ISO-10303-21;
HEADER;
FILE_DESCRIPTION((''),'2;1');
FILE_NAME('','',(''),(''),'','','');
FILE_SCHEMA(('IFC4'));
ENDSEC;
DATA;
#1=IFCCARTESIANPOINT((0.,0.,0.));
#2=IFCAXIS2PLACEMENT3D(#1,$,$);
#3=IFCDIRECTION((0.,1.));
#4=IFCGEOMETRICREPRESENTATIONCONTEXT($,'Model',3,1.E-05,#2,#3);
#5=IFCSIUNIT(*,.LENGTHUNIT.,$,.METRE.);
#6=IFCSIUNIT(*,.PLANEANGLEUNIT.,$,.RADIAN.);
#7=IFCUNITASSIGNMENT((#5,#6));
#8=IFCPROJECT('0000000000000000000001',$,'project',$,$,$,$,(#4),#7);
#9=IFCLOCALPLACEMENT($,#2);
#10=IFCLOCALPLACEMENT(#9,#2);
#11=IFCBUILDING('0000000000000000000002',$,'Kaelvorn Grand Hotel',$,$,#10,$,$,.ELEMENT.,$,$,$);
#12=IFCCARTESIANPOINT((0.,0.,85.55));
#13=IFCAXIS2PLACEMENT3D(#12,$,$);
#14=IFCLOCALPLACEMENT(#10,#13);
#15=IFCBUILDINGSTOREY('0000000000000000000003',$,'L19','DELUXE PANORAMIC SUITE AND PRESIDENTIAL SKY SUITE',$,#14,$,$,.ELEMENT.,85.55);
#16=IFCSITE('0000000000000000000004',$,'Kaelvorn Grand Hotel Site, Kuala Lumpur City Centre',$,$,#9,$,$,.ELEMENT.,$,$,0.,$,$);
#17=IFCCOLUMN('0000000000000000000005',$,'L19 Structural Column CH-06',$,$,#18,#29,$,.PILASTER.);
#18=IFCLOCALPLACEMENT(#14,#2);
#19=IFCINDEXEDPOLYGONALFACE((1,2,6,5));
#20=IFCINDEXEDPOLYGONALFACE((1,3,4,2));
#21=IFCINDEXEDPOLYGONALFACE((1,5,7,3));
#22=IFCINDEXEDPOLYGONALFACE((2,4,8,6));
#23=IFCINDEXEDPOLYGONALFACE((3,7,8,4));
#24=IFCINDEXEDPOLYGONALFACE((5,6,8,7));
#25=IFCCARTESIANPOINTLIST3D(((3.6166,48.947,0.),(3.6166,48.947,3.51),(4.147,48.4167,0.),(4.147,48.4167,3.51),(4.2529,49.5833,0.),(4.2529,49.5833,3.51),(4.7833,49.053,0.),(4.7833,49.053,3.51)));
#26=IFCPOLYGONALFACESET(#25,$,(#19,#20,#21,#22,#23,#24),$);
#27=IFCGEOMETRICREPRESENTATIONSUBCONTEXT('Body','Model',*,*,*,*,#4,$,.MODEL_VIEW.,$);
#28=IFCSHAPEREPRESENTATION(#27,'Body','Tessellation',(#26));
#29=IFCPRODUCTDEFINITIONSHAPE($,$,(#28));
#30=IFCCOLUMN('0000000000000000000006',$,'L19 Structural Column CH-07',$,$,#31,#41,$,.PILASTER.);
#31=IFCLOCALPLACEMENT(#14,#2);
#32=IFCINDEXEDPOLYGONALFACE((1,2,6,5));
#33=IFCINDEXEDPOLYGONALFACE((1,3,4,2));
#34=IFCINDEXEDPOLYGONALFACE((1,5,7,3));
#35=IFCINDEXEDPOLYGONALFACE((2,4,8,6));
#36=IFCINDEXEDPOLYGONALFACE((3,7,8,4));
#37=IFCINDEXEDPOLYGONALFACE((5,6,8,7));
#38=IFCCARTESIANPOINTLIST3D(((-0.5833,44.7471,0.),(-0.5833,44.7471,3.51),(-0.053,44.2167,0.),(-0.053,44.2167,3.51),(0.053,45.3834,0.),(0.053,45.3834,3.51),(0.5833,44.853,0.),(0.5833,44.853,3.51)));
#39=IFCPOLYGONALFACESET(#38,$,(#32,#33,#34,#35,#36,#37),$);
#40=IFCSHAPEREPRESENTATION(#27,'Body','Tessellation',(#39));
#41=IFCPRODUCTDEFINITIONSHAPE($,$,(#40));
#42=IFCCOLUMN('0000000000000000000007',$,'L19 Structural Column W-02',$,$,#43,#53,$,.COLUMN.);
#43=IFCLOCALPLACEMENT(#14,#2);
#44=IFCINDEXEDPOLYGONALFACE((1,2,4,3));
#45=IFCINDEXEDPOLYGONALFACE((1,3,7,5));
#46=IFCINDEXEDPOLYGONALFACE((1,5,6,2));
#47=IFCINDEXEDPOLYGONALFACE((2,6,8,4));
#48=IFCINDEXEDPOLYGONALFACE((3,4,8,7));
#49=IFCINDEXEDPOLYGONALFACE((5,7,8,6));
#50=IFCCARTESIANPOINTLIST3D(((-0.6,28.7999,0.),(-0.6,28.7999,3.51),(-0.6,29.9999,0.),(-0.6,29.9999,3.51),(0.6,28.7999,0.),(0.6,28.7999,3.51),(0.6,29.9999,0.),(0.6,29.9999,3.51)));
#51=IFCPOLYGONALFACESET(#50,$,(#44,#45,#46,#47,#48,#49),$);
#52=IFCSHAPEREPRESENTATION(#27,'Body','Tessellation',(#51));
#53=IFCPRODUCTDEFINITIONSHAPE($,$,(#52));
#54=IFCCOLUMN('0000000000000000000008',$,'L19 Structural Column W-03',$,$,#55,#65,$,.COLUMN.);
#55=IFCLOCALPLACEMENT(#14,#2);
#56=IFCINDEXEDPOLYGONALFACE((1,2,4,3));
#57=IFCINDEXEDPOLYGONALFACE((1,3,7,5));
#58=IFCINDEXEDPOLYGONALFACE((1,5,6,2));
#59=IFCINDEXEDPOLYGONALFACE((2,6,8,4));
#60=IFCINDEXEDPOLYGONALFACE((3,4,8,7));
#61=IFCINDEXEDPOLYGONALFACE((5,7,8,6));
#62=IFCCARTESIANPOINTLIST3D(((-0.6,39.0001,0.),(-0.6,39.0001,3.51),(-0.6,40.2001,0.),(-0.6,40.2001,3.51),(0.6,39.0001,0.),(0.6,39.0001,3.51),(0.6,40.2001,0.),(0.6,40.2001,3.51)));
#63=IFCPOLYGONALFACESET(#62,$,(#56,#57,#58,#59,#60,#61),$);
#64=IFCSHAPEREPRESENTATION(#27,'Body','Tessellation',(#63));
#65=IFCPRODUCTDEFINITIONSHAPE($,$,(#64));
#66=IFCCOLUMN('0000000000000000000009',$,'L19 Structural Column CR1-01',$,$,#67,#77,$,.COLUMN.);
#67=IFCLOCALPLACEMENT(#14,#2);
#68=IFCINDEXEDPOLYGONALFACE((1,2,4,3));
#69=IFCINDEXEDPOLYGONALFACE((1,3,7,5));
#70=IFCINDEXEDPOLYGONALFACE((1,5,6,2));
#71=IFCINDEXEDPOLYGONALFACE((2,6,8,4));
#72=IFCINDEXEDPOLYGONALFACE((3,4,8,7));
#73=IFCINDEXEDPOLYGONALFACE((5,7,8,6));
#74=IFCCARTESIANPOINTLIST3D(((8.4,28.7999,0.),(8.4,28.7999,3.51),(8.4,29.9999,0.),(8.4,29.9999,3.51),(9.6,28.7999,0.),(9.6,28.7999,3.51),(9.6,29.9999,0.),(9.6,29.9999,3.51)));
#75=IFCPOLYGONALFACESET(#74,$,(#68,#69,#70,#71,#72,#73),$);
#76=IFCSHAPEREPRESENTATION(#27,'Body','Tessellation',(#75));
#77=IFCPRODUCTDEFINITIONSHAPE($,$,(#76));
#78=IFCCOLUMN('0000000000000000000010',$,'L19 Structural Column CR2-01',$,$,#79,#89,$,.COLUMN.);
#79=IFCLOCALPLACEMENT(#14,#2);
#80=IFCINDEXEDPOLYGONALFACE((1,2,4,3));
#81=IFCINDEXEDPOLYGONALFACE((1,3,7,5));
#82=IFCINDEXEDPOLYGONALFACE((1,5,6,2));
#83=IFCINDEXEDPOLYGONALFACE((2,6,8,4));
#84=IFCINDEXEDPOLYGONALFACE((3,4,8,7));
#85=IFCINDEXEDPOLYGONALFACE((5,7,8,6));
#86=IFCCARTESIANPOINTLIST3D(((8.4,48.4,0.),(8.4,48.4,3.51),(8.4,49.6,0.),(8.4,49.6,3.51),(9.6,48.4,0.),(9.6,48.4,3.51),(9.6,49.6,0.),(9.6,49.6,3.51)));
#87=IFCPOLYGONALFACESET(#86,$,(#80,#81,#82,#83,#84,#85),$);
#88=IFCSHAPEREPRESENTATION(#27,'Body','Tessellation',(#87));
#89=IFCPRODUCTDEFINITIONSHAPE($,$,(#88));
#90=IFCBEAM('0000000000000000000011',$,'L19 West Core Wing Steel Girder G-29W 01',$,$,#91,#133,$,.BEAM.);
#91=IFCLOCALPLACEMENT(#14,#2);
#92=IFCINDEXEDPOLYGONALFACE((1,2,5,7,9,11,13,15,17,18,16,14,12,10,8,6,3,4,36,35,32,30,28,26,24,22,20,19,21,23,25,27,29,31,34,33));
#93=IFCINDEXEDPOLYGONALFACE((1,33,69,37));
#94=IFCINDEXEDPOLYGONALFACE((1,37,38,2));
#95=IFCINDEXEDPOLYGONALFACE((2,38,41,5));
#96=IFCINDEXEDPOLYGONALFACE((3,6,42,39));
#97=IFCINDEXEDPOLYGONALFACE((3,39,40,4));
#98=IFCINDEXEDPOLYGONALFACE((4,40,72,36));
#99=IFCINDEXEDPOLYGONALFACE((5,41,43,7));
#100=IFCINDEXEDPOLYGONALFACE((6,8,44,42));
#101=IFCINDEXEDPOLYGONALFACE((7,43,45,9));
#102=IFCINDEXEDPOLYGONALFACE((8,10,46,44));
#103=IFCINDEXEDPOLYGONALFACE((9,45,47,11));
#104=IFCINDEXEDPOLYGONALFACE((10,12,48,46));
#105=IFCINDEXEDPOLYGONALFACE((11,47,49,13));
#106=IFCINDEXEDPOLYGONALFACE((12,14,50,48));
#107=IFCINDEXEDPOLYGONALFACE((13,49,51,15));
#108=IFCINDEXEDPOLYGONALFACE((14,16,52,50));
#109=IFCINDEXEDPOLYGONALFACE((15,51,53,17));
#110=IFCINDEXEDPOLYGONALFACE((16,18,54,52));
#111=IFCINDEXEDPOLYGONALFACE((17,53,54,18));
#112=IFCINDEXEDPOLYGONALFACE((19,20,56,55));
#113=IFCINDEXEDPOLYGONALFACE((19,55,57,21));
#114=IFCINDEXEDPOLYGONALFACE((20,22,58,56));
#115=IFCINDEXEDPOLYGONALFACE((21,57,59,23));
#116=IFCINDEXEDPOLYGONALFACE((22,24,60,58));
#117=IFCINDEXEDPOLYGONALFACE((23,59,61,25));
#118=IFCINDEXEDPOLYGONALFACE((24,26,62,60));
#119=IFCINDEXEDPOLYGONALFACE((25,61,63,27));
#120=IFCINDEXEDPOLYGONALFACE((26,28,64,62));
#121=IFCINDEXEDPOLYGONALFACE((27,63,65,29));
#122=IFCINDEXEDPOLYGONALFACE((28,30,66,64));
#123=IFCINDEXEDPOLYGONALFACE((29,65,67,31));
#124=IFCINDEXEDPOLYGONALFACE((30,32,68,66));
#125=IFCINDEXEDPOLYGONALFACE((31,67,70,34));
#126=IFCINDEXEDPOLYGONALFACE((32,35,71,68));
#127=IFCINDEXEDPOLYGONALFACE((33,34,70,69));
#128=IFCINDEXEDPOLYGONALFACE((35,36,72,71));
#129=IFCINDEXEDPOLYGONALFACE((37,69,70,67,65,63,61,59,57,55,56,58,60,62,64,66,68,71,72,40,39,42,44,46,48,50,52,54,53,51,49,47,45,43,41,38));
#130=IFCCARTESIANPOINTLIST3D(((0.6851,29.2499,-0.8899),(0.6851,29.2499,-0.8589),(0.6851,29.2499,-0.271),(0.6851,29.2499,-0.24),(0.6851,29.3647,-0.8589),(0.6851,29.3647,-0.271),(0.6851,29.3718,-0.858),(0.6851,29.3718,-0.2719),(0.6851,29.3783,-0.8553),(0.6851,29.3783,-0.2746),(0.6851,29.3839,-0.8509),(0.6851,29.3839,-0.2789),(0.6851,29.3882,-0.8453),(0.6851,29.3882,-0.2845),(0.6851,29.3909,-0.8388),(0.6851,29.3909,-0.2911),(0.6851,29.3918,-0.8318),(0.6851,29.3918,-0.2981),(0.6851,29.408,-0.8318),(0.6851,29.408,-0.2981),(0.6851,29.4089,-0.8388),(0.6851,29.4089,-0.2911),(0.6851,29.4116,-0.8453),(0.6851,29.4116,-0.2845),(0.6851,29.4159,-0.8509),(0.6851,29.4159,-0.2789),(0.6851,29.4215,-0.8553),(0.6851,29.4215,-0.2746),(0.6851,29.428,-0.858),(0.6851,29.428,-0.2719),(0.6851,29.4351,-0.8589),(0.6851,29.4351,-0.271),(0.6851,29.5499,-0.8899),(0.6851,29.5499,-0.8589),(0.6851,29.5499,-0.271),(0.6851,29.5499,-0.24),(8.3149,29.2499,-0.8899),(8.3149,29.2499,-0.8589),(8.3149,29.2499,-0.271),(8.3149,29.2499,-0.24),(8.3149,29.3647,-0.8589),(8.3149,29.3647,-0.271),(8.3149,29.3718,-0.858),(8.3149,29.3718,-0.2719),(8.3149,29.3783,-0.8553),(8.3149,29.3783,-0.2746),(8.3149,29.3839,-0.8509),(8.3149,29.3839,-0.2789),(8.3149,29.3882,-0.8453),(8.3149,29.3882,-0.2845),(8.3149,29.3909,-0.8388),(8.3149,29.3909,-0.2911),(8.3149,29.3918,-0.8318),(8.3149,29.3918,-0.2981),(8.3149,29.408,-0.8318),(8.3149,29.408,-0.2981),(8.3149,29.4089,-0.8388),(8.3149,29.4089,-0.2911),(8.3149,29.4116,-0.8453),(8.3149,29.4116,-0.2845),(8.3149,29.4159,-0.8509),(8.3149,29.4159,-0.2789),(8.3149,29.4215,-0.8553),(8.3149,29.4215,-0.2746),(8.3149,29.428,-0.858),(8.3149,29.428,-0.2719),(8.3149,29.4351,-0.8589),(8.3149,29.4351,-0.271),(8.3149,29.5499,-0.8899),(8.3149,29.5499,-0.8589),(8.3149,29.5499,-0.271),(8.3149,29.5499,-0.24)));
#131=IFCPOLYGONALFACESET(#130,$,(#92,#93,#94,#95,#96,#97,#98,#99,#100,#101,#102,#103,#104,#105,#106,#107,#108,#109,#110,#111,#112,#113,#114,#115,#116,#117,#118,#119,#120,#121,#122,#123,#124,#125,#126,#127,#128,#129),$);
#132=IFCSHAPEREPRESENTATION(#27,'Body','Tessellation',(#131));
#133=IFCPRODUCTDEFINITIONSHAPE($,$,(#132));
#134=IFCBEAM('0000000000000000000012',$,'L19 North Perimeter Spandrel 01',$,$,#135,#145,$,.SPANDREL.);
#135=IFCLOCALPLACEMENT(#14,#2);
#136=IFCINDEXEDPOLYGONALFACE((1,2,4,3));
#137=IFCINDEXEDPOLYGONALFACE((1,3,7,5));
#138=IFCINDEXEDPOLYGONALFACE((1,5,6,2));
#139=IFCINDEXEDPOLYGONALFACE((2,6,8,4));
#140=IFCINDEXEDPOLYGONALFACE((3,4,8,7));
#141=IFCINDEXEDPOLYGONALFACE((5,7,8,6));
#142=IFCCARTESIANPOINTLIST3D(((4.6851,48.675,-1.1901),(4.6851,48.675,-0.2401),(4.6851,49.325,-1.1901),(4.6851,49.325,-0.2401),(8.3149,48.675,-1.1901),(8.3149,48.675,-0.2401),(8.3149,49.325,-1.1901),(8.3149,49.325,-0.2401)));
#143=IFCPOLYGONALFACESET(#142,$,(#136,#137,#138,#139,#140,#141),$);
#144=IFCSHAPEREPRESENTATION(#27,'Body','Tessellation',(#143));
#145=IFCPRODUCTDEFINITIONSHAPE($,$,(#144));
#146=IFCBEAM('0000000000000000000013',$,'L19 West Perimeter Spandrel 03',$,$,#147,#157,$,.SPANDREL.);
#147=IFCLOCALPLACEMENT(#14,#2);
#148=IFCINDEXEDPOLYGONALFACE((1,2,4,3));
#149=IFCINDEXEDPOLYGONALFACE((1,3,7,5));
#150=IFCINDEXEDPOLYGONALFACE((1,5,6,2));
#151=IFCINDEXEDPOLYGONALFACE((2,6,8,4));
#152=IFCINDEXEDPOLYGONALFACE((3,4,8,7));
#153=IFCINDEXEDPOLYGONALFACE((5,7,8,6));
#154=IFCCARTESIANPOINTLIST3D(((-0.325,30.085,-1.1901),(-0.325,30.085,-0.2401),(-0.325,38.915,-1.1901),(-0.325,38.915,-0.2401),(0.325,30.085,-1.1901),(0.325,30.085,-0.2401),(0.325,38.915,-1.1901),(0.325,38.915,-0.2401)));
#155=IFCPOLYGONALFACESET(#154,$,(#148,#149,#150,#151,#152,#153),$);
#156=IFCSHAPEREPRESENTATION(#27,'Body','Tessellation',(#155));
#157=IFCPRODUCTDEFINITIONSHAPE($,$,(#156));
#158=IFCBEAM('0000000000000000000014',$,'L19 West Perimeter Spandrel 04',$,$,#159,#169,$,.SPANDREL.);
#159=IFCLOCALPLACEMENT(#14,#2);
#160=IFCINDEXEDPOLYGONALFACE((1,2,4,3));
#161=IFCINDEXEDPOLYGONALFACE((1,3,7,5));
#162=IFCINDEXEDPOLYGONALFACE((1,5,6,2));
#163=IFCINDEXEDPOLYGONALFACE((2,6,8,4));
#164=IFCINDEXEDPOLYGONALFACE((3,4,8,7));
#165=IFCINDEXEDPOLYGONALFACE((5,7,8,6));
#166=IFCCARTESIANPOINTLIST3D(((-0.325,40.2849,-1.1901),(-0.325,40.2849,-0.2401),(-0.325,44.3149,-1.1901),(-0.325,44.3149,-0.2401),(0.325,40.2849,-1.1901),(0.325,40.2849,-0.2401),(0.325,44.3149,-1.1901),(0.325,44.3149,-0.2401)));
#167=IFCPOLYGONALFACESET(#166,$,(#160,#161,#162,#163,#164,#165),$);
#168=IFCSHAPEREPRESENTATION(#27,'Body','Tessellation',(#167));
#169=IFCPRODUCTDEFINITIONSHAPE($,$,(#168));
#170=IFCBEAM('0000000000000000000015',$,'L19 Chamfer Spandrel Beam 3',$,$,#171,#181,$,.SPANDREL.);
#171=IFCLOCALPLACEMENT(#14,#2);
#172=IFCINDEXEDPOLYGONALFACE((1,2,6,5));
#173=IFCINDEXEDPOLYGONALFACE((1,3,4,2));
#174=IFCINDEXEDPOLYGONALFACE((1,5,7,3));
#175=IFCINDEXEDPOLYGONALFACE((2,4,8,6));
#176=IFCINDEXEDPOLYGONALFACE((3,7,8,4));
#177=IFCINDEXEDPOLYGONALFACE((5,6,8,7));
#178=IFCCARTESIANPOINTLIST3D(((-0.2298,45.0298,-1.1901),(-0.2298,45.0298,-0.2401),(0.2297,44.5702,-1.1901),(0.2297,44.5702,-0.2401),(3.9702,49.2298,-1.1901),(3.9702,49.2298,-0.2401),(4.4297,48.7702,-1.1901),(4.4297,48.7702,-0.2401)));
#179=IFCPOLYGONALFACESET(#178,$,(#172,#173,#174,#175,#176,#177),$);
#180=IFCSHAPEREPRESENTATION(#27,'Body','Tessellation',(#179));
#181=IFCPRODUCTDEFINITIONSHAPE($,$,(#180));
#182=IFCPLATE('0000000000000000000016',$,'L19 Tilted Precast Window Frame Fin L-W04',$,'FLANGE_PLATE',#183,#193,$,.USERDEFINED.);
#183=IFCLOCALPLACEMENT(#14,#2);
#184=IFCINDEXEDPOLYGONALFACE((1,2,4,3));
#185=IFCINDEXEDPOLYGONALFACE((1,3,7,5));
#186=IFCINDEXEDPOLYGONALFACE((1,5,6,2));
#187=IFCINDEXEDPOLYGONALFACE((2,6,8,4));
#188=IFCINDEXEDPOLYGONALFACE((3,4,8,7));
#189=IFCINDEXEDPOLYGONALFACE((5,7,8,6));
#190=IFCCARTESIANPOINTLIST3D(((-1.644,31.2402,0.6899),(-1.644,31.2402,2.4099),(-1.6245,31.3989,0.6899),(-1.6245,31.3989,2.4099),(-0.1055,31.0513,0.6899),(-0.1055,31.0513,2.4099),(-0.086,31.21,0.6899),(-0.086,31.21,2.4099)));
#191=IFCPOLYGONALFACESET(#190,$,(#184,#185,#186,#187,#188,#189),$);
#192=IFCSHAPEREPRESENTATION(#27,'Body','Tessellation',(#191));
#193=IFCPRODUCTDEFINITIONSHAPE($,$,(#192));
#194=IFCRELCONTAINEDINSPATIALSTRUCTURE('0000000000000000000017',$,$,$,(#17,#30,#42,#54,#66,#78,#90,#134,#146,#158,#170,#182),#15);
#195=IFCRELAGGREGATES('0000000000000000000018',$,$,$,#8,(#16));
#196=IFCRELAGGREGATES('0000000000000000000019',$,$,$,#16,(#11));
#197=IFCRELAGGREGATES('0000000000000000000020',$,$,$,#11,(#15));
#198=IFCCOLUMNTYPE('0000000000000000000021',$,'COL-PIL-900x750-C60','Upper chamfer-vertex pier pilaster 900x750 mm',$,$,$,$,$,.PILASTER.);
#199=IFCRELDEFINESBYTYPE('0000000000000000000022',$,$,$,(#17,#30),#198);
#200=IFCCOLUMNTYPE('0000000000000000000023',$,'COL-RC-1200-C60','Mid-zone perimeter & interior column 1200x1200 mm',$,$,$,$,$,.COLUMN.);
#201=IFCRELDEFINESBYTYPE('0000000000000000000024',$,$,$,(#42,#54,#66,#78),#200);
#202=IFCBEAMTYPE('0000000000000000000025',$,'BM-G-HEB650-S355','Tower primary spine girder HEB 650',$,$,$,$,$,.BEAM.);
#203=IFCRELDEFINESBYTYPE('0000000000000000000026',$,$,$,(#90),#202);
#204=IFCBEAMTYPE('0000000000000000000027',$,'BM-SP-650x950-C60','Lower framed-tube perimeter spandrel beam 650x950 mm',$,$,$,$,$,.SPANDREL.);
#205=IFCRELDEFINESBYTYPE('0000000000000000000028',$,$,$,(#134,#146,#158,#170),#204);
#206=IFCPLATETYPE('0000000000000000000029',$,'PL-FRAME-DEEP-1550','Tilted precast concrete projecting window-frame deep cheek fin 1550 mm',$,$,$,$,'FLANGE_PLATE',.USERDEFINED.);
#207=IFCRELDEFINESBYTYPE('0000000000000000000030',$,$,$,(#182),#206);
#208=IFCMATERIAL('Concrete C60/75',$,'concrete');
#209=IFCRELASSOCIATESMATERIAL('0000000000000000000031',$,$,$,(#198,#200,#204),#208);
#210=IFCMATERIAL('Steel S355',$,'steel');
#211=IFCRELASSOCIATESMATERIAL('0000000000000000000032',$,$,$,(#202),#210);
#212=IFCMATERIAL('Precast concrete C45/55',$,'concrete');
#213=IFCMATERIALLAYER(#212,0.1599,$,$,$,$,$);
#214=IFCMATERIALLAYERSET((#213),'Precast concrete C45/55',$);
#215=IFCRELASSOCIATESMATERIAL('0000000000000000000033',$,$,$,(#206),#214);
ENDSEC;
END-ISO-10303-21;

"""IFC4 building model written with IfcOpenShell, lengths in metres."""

from ifc_helpers import new_model, si_unit, direction, frame, origin, origin_2d, place, context, subcontext, project, spatial, rectangle, i_section, extrude, material, layer, layer_set, material_profile, profile_set, type_object, element, save


model = new_model("IFC4")

# Units and contexts
model_context = context("Model", 3, precision=1e-05, world=origin(), true_north=direction((0.0, 1.0)))
body_context = subcontext(model_context, "Body", "Model", "MODEL_VIEW")
ifc_project = project(units=[si_unit("LENGTHUNIT", "METRE"), si_unit("PLANEANGLEUNIT", "RADIAN")], contexts=[model_context])

# Site, building, storey
site_placement = place(None, origin())
site = spatial("IfcSite", under=ifc_project, at=site_placement, Name="Kaelvorn Grand Hotel Site, Kuala Lumpur City Centre", CompositionType="ELEMENT", RefElevation=0.0)
building_placement = place(site_placement, origin())
building = spatial("IfcBuilding", under=site, at=building_placement, Name="Kaelvorn Grand Hotel", CompositionType="ELEMENT")
storey_placement = place(building_placement, frame((0.0, 0.0, 85.55)))
storey = spatial("IfcBuildingStorey", under=building, at=storey_placement, Name="L19", Description="DELUXE PANORAMIC SUITE AND PRESIDENTIAL SKY SUITE", CompositionType="ELEMENT", Elevation=85.55)

# Columns
ifc_material_1 = material(Name="Concrete C60/75", Category="concrete")
ifc_material_profile_1 = material_profile(ifc_material_1, rectangle(XDim=0.8999, YDim=0.75, at=origin_2d()), Name="RC PILASTER 900x750")
ifc_profile_set_1 = profile_set([ifc_material_profile_1], Name="Concrete C60/75")
column_type_1 = type_object("IfcColumnType", Name="COL-PIL-900x750-C60", Description="Upper chamfer-vertex pier pilaster 900x750 mm", PredefinedType="PILASTER", material=ifc_profile_set_1)
for number, where, z_axis, x_axis, name in (
    (1, (4.2, 49.0, 0.0), (0.0, 0.0, 1.0), (0.707107, 0.707107, 0.0), "L19 Structural Column CH-06"),
    (2, (0.0, 44.8, 0.0), (0.0, 0.0, 1.0), (0.707107, 0.707107, 0.0), "L19 Structural Column CH-07"),
):
    element("IfcColumn", number, at=place(storey_placement, frame(where, z_axis=z_axis, x_axis=x_axis)), inside=storey, type_object=column_type_1, Name=name, PredefinedType="PILASTER", context=body_context, shape_type="SweptSolid", body=[
        extrude(rectangle(XDim=0.8999, YDim=0.75, at=origin_2d()), origin(), (0.0, 0.0, 1.0), 3.51),
    ])
ifc_material_profile_2 = material_profile(ifc_material_1, rectangle(XDim=1.2, YDim=1.2, at=origin_2d()), Name="RC COL 1200x1200")
ifc_profile_set_2 = profile_set([ifc_material_profile_2], Name="Concrete C60/75")
column_type_2 = type_object("IfcColumnType", Name="COL-RC-1200-C60", Description="Mid-zone perimeter & interior column 1200x1200 mm", PredefinedType="COLUMN", material=ifc_profile_set_2)
for number, where, z_axis, x_axis, name in (
    (3, (0.0, 29.3999, 0.0), (0.0, 0.0, 1.0), (1.0, 0.0, 0.0), "L19 Structural Column W-02"),
    (4, (0.0, 39.6001, 0.0), (0.0, 0.0, 1.0), (1.0, 0.0, 0.0), "L19 Structural Column W-03"),
    (5, (9.0, 29.3999, 0.0), (0.0, 0.0, 1.0), (1.0, 0.0, 0.0), "L19 Structural Column CR1-01"),
    (6, (9.0, 49.0, 0.0), (0.0, 0.0, 1.0), (1.0, 0.0, 0.0), "L19 Structural Column CR2-01"),
):
    element("IfcColumn", number, at=place(storey_placement, frame(where, z_axis=z_axis, x_axis=x_axis)), inside=storey, type_object=column_type_2, Name=name, PredefinedType="COLUMN", context=body_context, shape_type="SweptSolid", body=[
        extrude(rectangle(XDim=1.2, YDim=1.2, at=origin_2d()), origin(), (0.0, 0.0, 1.0), 3.51),
    ])

# Beams
ifc_material_2 = material(Name="Steel S355", Category="steel")
ifc_material_profile_3 = material_profile(ifc_material_2, i_section(OverallWidth=0.3, OverallDepth=0.6499, WebThickness=0.0161, FlangeThickness=0.031, FilletRadius=0.0271, at=origin_2d()), Name="HEB 650")
ifc_profile_set_3 = profile_set([ifc_material_profile_3], Name="Steel S355")
beam_type_1 = type_object("IfcBeamType", Name="BM-G-HEB650-S355", Description="Tower primary spine girder HEB 650", PredefinedType="BEAM", material=ifc_profile_set_3)
beam_1_placement = place(storey_placement, frame((0.6851, 29.3999, -0.5649), z_axis=(1.0, 0.0, 0.0), x_axis=(0.0, 1.0, 0.0)))
element("IfcBeam", 7, at=beam_1_placement, inside=storey, type_object=beam_type_1, Name="L19 West Core Wing Steel Girder G-29W 01", PredefinedType="BEAM", context=body_context, shape_type="SweptSolid", body=[
    extrude(i_section(OverallWidth=0.3, OverallDepth=0.6499, WebThickness=0.0161, FlangeThickness=0.031, FilletRadius=0.0271, at=origin_2d()), origin(), (0.0, 0.0, 1.0), 7.6299),
])
ifc_material_profile_4 = material_profile(ifc_material_1, rectangle(XDim=0.6499, YDim=0.95, at=origin_2d()), Name="RC SPANDREL 650x950")
ifc_profile_set_4 = profile_set([ifc_material_profile_4], Name="Concrete C60/75")
beam_type_2 = type_object("IfcBeamType", Name="BM-SP-650x950-C60", Description="Lower framed-tube perimeter spandrel beam 650x950 mm", PredefinedType="SPANDREL", material=ifc_profile_set_4)
beam_2_placement = place(storey_placement, frame((4.6851, 49.0, -0.7151), z_axis=(1.0, 0.0, 0.0), x_axis=(0.0, 1.0, 0.0)))
element("IfcBeam", 8, at=beam_2_placement, inside=storey, type_object=beam_type_2, Name="L19 North Perimeter Spandrel 01", PredefinedType="SPANDREL", context=body_context, shape_type="SweptSolid", body=[
    extrude(rectangle(XDim=0.6499, YDim=0.95, at=origin_2d()), origin(), (0.0, 0.0, 1.0), 3.6299),
])
beam_3_placement = place(storey_placement, frame((0.0, 30.085, -0.7151), z_axis=(0.0, 1.0, 0.0), x_axis=(-1.0, 0.0, 0.0)))
element("IfcBeam", 9, at=beam_3_placement, inside=storey, type_object=beam_type_2, Name="L19 West Perimeter Spandrel 03", PredefinedType="SPANDREL", context=body_context, shape_type="SweptSolid", body=[
    extrude(rectangle(XDim=0.6499, YDim=0.95, at=origin_2d()), origin(), (0.0, 0.0, 1.0), 8.8301),
])
beam_4_placement = place(storey_placement, frame((0.0, 40.2849, -0.7151), z_axis=(0.0, 1.0, 0.0), x_axis=(-1.0, 0.0, 0.0)))
element("IfcBeam", 10, at=beam_4_placement, inside=storey, type_object=beam_type_2, Name="L19 West Perimeter Spandrel 04", PredefinedType="SPANDREL", context=body_context, shape_type="SweptSolid", body=[
    extrude(rectangle(XDim=0.6499, YDim=0.95, at=origin_2d()), origin(), (0.0, 0.0, 1.0), 4.03),
])
beam_5_placement = place(storey_placement, frame((4.2, 49.0, -0.7151), z_axis=(-0.707107, -0.707107, 0.0), x_axis=(0.707107, -0.707107, 0.0)))
element("IfcBeam", 11, at=beam_5_placement, inside=storey, type_object=beam_type_2, Name="L19 Chamfer Spandrel Beam 3", PredefinedType="SPANDREL", context=body_context, shape_type="SweptSolid", body=[
    extrude(rectangle(XDim=0.6499, YDim=0.95, at=origin_2d()), origin(), (0.0, 0.0, 1.0), 5.9397),
])

# Plate
ifc_material_3 = material(Name="Precast concrete C45/55", Category="concrete")
ifc_layer_1 = layer(ifc_material_3, 0.1599)
ifc_layer_set_1 = layer_set([ifc_layer_1], Name="Precast concrete C45/55")
plate_type_1 = type_object("IfcPlateType", Name="PL-FRAME-DEEP-1550", Description="Tilted precast concrete projecting window-frame deep cheek fin 1550 mm", ElementType="FLANGE_PLATE", PredefinedType="USERDEFINED", material=ifc_layer_set_1)
for number, where, z_axis, x_axis, name in (
    (12, (-0.865, 31.2251, 0.6899), (0.0, 0.0, 1.0), (0.121869, 0.992546, 0.0), "L19 Tilted Precast Window Frame Fin L-W04"),
):
    element("IfcPlate", number, at=place(storey_placement, frame(where, z_axis=z_axis, x_axis=x_axis)), inside=storey, type_object=plate_type_1, Name=name, ObjectType="FLANGE_PLATE", PredefinedType="USERDEFINED", context=body_context, shape_type="SweptSolid", body=[
        extrude(rectangle(XDim=0.1599, YDim=1.55, at=origin_2d()), origin(), (0.0, 0.0, 1.0), 1.72),
    ])

save(model, "model.ifc")
